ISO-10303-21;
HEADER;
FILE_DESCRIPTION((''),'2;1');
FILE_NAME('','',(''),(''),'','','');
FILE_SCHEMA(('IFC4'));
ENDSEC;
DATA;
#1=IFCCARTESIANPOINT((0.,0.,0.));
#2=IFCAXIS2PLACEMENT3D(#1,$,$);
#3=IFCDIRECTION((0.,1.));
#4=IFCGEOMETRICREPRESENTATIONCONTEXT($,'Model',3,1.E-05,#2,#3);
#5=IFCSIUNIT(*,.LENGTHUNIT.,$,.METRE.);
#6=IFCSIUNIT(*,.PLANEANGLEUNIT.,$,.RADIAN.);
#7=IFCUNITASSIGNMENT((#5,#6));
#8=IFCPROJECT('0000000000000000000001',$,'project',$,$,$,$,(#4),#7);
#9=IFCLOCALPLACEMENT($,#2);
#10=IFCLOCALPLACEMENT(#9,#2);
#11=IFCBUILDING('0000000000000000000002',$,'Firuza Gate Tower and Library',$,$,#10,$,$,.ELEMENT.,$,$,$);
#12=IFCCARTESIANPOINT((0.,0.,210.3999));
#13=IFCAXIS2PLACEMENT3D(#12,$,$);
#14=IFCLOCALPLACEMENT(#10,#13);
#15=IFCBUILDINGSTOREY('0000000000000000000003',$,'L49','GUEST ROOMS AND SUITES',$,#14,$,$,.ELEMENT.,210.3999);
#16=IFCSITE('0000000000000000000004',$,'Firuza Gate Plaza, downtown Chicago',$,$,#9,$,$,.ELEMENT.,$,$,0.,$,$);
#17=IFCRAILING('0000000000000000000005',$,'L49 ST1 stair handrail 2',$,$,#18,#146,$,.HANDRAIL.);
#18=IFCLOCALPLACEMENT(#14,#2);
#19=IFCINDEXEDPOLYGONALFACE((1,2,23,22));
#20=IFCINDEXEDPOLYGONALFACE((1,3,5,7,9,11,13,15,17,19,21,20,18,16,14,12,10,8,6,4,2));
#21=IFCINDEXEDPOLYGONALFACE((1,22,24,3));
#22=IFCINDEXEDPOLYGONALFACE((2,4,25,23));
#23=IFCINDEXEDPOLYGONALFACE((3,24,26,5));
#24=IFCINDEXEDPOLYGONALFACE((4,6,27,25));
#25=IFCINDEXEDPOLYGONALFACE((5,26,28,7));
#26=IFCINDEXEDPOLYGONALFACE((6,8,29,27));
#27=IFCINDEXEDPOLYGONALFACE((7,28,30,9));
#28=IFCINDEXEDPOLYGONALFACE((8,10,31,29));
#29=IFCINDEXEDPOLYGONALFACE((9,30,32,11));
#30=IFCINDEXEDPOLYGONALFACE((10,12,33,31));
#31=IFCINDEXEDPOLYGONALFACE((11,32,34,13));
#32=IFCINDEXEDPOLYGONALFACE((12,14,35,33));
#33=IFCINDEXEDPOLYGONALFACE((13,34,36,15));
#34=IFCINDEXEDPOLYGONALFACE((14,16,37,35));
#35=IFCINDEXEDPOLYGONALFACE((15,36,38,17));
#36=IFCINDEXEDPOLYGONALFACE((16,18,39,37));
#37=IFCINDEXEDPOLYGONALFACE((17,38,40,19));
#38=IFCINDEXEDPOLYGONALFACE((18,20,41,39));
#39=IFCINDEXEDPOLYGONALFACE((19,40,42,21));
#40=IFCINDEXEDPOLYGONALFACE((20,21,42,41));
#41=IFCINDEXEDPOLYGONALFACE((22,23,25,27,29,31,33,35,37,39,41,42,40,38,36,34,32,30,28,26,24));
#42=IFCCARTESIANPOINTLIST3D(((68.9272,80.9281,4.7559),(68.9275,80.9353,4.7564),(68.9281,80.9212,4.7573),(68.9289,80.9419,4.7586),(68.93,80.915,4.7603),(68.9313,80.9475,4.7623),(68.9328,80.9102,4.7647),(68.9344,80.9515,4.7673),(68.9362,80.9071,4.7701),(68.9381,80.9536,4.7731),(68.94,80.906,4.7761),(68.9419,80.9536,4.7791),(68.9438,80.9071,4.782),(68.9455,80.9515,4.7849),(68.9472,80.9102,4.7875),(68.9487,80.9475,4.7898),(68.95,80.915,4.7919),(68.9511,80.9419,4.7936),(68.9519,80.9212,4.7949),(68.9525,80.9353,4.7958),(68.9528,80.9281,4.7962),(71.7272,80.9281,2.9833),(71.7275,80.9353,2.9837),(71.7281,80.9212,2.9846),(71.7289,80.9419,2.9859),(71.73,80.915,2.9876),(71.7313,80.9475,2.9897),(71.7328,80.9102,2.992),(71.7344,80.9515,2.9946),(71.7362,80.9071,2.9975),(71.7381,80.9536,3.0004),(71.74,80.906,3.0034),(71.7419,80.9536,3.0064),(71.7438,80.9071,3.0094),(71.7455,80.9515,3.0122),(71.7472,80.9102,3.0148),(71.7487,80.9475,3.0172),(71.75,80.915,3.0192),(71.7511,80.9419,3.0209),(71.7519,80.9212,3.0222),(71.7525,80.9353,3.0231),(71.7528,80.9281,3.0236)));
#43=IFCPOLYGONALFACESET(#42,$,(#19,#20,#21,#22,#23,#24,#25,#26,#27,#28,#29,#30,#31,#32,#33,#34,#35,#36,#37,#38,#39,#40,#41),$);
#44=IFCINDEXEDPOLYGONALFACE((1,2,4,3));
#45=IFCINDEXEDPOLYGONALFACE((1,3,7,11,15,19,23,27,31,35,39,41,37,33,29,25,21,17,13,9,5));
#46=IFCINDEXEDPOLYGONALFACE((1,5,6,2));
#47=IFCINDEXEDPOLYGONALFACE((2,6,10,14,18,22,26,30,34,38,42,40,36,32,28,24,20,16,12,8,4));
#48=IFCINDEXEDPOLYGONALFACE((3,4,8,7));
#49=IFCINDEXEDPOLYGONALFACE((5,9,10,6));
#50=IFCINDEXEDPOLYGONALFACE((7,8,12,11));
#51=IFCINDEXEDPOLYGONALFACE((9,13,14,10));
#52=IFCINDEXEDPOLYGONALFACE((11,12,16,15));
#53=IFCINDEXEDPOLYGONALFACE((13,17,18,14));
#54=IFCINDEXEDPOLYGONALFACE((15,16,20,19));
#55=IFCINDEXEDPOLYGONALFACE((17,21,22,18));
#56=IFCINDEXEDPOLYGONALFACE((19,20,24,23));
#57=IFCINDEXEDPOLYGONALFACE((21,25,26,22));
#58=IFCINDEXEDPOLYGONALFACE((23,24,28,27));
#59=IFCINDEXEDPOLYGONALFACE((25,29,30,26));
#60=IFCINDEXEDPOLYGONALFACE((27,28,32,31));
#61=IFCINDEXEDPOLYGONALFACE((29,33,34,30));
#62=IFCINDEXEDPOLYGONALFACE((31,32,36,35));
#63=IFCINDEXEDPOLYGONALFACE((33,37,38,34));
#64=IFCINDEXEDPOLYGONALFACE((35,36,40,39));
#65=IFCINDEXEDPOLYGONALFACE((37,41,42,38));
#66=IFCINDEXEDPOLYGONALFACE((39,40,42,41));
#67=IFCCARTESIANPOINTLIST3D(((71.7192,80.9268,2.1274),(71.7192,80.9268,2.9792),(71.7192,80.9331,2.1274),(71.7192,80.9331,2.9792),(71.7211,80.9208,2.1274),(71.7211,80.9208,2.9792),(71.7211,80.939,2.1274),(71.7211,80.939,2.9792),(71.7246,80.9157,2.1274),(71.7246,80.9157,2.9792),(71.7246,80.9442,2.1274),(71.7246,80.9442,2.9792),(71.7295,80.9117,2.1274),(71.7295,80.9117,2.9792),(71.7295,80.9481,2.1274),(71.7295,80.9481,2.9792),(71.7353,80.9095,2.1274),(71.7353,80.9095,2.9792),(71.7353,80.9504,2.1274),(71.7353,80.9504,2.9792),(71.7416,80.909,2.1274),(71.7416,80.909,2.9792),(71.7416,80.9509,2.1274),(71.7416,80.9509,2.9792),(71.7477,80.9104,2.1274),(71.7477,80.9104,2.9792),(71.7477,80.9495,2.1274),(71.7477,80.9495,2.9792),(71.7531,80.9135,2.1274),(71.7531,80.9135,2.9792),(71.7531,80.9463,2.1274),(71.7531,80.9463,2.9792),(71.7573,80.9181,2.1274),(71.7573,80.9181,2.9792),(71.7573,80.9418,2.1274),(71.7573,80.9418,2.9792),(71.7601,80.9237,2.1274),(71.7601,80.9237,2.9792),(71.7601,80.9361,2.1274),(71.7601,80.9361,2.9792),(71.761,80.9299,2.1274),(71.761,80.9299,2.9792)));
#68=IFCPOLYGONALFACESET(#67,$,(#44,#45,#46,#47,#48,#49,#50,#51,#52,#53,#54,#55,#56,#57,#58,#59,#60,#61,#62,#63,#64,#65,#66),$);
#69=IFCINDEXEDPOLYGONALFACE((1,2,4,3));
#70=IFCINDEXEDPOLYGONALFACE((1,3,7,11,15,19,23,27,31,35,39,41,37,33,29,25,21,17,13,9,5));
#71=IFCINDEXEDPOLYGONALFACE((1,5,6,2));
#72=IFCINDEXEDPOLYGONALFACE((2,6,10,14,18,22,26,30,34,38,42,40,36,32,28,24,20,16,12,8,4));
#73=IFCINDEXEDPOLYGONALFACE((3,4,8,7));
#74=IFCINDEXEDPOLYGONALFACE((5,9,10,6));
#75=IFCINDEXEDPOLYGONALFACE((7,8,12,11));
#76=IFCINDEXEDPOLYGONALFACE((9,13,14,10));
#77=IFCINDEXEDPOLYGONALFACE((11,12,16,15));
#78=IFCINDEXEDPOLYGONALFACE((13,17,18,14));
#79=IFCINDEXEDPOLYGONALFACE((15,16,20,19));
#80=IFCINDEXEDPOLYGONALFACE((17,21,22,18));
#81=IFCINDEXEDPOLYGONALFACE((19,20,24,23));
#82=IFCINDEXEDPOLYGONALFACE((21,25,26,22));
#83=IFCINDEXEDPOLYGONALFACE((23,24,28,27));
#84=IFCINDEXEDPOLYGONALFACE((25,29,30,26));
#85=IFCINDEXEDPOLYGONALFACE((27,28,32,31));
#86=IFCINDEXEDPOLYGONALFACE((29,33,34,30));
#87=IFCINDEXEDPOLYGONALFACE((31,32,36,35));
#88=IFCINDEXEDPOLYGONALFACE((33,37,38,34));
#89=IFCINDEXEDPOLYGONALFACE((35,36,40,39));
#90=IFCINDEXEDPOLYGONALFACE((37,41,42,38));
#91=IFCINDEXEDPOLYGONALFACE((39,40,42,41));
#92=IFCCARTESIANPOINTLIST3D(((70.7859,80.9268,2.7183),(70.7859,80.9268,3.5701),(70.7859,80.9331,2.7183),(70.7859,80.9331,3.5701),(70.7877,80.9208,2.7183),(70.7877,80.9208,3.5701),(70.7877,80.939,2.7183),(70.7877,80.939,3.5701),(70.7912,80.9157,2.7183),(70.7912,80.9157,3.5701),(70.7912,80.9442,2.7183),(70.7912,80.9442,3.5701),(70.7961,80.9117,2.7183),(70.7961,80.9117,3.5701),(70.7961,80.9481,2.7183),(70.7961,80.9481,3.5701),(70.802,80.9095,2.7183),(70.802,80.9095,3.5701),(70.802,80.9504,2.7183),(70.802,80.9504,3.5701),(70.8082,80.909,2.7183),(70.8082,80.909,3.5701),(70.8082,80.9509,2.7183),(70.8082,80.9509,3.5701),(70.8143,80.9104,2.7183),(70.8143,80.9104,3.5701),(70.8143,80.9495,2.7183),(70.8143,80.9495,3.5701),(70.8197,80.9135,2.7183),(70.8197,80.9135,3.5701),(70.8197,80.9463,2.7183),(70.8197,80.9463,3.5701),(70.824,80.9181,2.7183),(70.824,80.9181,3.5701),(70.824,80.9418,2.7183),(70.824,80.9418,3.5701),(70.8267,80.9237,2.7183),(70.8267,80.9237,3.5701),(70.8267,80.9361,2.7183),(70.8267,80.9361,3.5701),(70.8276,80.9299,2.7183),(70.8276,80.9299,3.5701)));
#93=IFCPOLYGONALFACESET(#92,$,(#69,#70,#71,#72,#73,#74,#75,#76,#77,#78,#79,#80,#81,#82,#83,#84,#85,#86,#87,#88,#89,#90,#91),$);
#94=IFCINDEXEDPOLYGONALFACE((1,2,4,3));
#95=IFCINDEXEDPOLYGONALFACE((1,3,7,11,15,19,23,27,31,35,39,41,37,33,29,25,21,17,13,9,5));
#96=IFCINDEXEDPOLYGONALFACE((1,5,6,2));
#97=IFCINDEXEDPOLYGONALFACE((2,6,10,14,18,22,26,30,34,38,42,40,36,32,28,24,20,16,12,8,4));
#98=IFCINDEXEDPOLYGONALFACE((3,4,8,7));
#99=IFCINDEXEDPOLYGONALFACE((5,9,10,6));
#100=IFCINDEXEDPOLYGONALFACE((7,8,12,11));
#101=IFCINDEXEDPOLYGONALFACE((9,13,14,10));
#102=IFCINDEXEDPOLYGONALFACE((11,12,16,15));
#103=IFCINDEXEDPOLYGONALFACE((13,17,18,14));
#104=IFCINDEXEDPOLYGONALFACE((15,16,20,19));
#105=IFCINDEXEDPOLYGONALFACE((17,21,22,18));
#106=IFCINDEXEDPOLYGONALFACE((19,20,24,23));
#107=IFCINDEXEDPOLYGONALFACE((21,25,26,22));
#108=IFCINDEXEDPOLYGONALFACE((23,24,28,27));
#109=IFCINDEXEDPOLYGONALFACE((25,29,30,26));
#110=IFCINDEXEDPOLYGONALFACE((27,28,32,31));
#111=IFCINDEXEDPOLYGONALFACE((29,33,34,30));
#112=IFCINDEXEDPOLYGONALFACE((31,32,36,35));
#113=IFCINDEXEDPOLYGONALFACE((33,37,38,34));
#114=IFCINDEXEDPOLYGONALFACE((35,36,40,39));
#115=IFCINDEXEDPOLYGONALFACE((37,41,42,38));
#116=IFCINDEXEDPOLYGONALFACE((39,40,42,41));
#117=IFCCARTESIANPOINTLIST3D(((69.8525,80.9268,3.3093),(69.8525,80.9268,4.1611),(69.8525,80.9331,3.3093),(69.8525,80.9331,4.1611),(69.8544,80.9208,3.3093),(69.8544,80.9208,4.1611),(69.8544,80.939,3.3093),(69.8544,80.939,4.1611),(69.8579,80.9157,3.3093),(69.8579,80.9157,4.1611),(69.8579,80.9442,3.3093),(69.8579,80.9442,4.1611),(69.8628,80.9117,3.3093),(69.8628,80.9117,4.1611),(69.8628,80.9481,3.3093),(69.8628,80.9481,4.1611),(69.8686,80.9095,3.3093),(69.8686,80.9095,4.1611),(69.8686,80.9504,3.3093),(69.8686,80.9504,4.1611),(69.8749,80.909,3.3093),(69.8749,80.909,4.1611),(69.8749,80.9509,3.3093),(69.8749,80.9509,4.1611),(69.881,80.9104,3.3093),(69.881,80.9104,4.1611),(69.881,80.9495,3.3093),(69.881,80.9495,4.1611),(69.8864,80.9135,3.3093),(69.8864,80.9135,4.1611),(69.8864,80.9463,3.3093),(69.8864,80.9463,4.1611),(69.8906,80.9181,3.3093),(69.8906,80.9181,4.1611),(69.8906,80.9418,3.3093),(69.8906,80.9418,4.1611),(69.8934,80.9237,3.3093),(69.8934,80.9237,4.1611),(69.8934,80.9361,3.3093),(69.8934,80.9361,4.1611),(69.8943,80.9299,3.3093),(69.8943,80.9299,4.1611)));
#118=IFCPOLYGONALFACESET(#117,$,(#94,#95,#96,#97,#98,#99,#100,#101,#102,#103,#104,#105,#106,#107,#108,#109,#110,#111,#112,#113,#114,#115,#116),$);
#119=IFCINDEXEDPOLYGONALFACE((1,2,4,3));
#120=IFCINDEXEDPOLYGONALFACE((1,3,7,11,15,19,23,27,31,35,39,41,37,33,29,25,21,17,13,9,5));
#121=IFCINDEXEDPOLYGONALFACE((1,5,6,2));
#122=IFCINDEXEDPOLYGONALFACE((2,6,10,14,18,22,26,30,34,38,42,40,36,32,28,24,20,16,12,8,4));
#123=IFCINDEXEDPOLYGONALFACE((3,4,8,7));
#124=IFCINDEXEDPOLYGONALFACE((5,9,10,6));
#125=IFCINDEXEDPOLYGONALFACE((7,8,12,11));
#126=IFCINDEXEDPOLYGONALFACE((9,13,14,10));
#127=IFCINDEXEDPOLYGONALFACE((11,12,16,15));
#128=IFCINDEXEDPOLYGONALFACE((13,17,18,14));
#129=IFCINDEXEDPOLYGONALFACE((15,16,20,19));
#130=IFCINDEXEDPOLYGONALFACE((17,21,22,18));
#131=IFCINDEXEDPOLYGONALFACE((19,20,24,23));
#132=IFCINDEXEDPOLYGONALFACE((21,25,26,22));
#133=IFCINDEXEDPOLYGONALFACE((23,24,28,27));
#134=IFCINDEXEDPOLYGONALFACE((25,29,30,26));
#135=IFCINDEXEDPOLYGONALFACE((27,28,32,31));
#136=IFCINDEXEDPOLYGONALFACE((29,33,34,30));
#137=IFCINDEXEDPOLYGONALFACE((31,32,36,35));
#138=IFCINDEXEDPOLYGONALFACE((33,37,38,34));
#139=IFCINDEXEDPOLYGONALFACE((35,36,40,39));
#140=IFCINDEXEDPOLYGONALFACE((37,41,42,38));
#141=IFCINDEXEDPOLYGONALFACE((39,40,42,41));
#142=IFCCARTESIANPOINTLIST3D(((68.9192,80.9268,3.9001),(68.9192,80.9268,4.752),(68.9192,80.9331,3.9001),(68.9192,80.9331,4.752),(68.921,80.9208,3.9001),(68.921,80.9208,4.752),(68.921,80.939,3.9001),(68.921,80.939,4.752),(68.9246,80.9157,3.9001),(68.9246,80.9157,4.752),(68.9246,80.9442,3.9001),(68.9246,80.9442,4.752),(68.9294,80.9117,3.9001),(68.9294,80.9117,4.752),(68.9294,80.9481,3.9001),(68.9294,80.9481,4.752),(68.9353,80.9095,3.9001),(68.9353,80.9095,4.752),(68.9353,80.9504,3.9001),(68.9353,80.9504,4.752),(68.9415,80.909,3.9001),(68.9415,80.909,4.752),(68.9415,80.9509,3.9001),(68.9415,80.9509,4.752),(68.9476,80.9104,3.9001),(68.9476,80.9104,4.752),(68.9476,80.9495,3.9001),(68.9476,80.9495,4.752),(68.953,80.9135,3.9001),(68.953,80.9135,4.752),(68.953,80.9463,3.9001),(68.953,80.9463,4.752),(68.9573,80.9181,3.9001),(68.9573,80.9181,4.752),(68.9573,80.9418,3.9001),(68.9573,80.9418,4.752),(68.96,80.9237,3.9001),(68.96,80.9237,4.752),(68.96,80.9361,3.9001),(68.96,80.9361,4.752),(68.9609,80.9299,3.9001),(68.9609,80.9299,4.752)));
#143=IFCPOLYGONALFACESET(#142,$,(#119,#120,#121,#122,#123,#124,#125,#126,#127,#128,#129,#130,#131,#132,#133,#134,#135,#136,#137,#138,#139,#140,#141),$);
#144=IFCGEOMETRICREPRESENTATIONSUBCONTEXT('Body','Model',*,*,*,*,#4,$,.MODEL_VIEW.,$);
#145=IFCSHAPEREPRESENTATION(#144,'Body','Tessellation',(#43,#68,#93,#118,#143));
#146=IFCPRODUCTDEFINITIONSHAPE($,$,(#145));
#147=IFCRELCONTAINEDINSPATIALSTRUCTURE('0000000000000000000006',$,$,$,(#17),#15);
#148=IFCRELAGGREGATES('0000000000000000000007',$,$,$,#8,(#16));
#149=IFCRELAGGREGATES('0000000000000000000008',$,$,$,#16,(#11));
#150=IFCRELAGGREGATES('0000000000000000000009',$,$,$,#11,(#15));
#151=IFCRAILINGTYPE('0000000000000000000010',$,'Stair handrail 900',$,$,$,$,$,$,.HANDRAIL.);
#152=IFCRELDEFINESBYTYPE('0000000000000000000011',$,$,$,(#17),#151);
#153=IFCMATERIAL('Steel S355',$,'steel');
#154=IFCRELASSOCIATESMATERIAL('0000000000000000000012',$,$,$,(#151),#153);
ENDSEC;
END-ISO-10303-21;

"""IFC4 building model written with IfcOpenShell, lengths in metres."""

from ifc_helpers import new_model, si_unit, direction, frame, origin, origin_2d, place, context, subcontext, project, spatial, circle, extrude, material, type_object, element, save


model = new_model("IFC4")

# Units and contexts
model_context = context("Model", 3, precision=1e-05, world=origin(), true_north=direction((0.0, 1.0)))
body_context = subcontext(model_context, "Body", "Model", "MODEL_VIEW")
ifc_project = project(units=[si_unit("LENGTHUNIT", "METRE"), si_unit("PLANEANGLEUNIT", "RADIAN")], contexts=[model_context])

# Site, building, storey
site_placement = place(None, origin())
site = spatial("IfcSite", under=ifc_project, at=site_placement, Name="Firuza Gate Plaza, downtown Chicago", CompositionType="ELEMENT", RefElevation=0.0)
building_placement = place(site_placement, origin())
building = spatial("IfcBuilding", under=site, at=building_placement, Name="Firuza Gate Tower and Library", CompositionType="ELEMENT")
storey_placement = place(building_placement, frame((0.0, 0.0, 210.3999)))
storey = spatial("IfcBuildingStorey", under=building, at=storey_placement, Name="L49", Description="GUEST ROOMS AND SUITES", CompositionType="ELEMENT", Elevation=210.3999)

# Railing
ifc_material_1 = material(Name="Steel S355", Category="steel")
railing_type = type_object("IfcRailingType", Name="Stair handrail 900", PredefinedType="HANDRAIL", material=ifc_material_1)
railing_placement = place(storey_placement, frame((71.74, 80.9299, 2.1274)))
element("IfcRailing", 1, at=railing_placement, inside=storey, type_object=railing_type, Name="L49 ST1 stair handrail 2", PredefinedType="HANDRAIL", context=body_context, shape_type="SweptSolid", body=[
    extrude(circle(Radius=0.0239, at=origin_2d()), frame((0.0, 0.0, 0.876), z_axis=(-0.844909, 0.0, 0.53491), x_axis=(0.0, -1.0, 0.0)), (0.0, 0.0, 1.0), 3.314),
    extrude(circle(Radius=0.021, at=origin_2d()), origin(), (0.0, 0.0, 1.0), 0.8518),
    extrude(circle(Radius=0.021, at=origin_2d()), frame((-0.9333, 0.0, 0.5908)), (0.0, 0.0, 1.0), 0.8518),
    extrude(circle(Radius=0.021, at=origin_2d()), frame((-1.8667, 0.0, 1.1819)), (0.0, 0.0, 1.0), 0.8518),
    extrude(circle(Radius=0.021, at=origin_2d()), frame((-2.8, 0.0, 1.7727)), (0.0, 0.0, 1.0), 0.8518),
])

save(model, "model.ifc")
